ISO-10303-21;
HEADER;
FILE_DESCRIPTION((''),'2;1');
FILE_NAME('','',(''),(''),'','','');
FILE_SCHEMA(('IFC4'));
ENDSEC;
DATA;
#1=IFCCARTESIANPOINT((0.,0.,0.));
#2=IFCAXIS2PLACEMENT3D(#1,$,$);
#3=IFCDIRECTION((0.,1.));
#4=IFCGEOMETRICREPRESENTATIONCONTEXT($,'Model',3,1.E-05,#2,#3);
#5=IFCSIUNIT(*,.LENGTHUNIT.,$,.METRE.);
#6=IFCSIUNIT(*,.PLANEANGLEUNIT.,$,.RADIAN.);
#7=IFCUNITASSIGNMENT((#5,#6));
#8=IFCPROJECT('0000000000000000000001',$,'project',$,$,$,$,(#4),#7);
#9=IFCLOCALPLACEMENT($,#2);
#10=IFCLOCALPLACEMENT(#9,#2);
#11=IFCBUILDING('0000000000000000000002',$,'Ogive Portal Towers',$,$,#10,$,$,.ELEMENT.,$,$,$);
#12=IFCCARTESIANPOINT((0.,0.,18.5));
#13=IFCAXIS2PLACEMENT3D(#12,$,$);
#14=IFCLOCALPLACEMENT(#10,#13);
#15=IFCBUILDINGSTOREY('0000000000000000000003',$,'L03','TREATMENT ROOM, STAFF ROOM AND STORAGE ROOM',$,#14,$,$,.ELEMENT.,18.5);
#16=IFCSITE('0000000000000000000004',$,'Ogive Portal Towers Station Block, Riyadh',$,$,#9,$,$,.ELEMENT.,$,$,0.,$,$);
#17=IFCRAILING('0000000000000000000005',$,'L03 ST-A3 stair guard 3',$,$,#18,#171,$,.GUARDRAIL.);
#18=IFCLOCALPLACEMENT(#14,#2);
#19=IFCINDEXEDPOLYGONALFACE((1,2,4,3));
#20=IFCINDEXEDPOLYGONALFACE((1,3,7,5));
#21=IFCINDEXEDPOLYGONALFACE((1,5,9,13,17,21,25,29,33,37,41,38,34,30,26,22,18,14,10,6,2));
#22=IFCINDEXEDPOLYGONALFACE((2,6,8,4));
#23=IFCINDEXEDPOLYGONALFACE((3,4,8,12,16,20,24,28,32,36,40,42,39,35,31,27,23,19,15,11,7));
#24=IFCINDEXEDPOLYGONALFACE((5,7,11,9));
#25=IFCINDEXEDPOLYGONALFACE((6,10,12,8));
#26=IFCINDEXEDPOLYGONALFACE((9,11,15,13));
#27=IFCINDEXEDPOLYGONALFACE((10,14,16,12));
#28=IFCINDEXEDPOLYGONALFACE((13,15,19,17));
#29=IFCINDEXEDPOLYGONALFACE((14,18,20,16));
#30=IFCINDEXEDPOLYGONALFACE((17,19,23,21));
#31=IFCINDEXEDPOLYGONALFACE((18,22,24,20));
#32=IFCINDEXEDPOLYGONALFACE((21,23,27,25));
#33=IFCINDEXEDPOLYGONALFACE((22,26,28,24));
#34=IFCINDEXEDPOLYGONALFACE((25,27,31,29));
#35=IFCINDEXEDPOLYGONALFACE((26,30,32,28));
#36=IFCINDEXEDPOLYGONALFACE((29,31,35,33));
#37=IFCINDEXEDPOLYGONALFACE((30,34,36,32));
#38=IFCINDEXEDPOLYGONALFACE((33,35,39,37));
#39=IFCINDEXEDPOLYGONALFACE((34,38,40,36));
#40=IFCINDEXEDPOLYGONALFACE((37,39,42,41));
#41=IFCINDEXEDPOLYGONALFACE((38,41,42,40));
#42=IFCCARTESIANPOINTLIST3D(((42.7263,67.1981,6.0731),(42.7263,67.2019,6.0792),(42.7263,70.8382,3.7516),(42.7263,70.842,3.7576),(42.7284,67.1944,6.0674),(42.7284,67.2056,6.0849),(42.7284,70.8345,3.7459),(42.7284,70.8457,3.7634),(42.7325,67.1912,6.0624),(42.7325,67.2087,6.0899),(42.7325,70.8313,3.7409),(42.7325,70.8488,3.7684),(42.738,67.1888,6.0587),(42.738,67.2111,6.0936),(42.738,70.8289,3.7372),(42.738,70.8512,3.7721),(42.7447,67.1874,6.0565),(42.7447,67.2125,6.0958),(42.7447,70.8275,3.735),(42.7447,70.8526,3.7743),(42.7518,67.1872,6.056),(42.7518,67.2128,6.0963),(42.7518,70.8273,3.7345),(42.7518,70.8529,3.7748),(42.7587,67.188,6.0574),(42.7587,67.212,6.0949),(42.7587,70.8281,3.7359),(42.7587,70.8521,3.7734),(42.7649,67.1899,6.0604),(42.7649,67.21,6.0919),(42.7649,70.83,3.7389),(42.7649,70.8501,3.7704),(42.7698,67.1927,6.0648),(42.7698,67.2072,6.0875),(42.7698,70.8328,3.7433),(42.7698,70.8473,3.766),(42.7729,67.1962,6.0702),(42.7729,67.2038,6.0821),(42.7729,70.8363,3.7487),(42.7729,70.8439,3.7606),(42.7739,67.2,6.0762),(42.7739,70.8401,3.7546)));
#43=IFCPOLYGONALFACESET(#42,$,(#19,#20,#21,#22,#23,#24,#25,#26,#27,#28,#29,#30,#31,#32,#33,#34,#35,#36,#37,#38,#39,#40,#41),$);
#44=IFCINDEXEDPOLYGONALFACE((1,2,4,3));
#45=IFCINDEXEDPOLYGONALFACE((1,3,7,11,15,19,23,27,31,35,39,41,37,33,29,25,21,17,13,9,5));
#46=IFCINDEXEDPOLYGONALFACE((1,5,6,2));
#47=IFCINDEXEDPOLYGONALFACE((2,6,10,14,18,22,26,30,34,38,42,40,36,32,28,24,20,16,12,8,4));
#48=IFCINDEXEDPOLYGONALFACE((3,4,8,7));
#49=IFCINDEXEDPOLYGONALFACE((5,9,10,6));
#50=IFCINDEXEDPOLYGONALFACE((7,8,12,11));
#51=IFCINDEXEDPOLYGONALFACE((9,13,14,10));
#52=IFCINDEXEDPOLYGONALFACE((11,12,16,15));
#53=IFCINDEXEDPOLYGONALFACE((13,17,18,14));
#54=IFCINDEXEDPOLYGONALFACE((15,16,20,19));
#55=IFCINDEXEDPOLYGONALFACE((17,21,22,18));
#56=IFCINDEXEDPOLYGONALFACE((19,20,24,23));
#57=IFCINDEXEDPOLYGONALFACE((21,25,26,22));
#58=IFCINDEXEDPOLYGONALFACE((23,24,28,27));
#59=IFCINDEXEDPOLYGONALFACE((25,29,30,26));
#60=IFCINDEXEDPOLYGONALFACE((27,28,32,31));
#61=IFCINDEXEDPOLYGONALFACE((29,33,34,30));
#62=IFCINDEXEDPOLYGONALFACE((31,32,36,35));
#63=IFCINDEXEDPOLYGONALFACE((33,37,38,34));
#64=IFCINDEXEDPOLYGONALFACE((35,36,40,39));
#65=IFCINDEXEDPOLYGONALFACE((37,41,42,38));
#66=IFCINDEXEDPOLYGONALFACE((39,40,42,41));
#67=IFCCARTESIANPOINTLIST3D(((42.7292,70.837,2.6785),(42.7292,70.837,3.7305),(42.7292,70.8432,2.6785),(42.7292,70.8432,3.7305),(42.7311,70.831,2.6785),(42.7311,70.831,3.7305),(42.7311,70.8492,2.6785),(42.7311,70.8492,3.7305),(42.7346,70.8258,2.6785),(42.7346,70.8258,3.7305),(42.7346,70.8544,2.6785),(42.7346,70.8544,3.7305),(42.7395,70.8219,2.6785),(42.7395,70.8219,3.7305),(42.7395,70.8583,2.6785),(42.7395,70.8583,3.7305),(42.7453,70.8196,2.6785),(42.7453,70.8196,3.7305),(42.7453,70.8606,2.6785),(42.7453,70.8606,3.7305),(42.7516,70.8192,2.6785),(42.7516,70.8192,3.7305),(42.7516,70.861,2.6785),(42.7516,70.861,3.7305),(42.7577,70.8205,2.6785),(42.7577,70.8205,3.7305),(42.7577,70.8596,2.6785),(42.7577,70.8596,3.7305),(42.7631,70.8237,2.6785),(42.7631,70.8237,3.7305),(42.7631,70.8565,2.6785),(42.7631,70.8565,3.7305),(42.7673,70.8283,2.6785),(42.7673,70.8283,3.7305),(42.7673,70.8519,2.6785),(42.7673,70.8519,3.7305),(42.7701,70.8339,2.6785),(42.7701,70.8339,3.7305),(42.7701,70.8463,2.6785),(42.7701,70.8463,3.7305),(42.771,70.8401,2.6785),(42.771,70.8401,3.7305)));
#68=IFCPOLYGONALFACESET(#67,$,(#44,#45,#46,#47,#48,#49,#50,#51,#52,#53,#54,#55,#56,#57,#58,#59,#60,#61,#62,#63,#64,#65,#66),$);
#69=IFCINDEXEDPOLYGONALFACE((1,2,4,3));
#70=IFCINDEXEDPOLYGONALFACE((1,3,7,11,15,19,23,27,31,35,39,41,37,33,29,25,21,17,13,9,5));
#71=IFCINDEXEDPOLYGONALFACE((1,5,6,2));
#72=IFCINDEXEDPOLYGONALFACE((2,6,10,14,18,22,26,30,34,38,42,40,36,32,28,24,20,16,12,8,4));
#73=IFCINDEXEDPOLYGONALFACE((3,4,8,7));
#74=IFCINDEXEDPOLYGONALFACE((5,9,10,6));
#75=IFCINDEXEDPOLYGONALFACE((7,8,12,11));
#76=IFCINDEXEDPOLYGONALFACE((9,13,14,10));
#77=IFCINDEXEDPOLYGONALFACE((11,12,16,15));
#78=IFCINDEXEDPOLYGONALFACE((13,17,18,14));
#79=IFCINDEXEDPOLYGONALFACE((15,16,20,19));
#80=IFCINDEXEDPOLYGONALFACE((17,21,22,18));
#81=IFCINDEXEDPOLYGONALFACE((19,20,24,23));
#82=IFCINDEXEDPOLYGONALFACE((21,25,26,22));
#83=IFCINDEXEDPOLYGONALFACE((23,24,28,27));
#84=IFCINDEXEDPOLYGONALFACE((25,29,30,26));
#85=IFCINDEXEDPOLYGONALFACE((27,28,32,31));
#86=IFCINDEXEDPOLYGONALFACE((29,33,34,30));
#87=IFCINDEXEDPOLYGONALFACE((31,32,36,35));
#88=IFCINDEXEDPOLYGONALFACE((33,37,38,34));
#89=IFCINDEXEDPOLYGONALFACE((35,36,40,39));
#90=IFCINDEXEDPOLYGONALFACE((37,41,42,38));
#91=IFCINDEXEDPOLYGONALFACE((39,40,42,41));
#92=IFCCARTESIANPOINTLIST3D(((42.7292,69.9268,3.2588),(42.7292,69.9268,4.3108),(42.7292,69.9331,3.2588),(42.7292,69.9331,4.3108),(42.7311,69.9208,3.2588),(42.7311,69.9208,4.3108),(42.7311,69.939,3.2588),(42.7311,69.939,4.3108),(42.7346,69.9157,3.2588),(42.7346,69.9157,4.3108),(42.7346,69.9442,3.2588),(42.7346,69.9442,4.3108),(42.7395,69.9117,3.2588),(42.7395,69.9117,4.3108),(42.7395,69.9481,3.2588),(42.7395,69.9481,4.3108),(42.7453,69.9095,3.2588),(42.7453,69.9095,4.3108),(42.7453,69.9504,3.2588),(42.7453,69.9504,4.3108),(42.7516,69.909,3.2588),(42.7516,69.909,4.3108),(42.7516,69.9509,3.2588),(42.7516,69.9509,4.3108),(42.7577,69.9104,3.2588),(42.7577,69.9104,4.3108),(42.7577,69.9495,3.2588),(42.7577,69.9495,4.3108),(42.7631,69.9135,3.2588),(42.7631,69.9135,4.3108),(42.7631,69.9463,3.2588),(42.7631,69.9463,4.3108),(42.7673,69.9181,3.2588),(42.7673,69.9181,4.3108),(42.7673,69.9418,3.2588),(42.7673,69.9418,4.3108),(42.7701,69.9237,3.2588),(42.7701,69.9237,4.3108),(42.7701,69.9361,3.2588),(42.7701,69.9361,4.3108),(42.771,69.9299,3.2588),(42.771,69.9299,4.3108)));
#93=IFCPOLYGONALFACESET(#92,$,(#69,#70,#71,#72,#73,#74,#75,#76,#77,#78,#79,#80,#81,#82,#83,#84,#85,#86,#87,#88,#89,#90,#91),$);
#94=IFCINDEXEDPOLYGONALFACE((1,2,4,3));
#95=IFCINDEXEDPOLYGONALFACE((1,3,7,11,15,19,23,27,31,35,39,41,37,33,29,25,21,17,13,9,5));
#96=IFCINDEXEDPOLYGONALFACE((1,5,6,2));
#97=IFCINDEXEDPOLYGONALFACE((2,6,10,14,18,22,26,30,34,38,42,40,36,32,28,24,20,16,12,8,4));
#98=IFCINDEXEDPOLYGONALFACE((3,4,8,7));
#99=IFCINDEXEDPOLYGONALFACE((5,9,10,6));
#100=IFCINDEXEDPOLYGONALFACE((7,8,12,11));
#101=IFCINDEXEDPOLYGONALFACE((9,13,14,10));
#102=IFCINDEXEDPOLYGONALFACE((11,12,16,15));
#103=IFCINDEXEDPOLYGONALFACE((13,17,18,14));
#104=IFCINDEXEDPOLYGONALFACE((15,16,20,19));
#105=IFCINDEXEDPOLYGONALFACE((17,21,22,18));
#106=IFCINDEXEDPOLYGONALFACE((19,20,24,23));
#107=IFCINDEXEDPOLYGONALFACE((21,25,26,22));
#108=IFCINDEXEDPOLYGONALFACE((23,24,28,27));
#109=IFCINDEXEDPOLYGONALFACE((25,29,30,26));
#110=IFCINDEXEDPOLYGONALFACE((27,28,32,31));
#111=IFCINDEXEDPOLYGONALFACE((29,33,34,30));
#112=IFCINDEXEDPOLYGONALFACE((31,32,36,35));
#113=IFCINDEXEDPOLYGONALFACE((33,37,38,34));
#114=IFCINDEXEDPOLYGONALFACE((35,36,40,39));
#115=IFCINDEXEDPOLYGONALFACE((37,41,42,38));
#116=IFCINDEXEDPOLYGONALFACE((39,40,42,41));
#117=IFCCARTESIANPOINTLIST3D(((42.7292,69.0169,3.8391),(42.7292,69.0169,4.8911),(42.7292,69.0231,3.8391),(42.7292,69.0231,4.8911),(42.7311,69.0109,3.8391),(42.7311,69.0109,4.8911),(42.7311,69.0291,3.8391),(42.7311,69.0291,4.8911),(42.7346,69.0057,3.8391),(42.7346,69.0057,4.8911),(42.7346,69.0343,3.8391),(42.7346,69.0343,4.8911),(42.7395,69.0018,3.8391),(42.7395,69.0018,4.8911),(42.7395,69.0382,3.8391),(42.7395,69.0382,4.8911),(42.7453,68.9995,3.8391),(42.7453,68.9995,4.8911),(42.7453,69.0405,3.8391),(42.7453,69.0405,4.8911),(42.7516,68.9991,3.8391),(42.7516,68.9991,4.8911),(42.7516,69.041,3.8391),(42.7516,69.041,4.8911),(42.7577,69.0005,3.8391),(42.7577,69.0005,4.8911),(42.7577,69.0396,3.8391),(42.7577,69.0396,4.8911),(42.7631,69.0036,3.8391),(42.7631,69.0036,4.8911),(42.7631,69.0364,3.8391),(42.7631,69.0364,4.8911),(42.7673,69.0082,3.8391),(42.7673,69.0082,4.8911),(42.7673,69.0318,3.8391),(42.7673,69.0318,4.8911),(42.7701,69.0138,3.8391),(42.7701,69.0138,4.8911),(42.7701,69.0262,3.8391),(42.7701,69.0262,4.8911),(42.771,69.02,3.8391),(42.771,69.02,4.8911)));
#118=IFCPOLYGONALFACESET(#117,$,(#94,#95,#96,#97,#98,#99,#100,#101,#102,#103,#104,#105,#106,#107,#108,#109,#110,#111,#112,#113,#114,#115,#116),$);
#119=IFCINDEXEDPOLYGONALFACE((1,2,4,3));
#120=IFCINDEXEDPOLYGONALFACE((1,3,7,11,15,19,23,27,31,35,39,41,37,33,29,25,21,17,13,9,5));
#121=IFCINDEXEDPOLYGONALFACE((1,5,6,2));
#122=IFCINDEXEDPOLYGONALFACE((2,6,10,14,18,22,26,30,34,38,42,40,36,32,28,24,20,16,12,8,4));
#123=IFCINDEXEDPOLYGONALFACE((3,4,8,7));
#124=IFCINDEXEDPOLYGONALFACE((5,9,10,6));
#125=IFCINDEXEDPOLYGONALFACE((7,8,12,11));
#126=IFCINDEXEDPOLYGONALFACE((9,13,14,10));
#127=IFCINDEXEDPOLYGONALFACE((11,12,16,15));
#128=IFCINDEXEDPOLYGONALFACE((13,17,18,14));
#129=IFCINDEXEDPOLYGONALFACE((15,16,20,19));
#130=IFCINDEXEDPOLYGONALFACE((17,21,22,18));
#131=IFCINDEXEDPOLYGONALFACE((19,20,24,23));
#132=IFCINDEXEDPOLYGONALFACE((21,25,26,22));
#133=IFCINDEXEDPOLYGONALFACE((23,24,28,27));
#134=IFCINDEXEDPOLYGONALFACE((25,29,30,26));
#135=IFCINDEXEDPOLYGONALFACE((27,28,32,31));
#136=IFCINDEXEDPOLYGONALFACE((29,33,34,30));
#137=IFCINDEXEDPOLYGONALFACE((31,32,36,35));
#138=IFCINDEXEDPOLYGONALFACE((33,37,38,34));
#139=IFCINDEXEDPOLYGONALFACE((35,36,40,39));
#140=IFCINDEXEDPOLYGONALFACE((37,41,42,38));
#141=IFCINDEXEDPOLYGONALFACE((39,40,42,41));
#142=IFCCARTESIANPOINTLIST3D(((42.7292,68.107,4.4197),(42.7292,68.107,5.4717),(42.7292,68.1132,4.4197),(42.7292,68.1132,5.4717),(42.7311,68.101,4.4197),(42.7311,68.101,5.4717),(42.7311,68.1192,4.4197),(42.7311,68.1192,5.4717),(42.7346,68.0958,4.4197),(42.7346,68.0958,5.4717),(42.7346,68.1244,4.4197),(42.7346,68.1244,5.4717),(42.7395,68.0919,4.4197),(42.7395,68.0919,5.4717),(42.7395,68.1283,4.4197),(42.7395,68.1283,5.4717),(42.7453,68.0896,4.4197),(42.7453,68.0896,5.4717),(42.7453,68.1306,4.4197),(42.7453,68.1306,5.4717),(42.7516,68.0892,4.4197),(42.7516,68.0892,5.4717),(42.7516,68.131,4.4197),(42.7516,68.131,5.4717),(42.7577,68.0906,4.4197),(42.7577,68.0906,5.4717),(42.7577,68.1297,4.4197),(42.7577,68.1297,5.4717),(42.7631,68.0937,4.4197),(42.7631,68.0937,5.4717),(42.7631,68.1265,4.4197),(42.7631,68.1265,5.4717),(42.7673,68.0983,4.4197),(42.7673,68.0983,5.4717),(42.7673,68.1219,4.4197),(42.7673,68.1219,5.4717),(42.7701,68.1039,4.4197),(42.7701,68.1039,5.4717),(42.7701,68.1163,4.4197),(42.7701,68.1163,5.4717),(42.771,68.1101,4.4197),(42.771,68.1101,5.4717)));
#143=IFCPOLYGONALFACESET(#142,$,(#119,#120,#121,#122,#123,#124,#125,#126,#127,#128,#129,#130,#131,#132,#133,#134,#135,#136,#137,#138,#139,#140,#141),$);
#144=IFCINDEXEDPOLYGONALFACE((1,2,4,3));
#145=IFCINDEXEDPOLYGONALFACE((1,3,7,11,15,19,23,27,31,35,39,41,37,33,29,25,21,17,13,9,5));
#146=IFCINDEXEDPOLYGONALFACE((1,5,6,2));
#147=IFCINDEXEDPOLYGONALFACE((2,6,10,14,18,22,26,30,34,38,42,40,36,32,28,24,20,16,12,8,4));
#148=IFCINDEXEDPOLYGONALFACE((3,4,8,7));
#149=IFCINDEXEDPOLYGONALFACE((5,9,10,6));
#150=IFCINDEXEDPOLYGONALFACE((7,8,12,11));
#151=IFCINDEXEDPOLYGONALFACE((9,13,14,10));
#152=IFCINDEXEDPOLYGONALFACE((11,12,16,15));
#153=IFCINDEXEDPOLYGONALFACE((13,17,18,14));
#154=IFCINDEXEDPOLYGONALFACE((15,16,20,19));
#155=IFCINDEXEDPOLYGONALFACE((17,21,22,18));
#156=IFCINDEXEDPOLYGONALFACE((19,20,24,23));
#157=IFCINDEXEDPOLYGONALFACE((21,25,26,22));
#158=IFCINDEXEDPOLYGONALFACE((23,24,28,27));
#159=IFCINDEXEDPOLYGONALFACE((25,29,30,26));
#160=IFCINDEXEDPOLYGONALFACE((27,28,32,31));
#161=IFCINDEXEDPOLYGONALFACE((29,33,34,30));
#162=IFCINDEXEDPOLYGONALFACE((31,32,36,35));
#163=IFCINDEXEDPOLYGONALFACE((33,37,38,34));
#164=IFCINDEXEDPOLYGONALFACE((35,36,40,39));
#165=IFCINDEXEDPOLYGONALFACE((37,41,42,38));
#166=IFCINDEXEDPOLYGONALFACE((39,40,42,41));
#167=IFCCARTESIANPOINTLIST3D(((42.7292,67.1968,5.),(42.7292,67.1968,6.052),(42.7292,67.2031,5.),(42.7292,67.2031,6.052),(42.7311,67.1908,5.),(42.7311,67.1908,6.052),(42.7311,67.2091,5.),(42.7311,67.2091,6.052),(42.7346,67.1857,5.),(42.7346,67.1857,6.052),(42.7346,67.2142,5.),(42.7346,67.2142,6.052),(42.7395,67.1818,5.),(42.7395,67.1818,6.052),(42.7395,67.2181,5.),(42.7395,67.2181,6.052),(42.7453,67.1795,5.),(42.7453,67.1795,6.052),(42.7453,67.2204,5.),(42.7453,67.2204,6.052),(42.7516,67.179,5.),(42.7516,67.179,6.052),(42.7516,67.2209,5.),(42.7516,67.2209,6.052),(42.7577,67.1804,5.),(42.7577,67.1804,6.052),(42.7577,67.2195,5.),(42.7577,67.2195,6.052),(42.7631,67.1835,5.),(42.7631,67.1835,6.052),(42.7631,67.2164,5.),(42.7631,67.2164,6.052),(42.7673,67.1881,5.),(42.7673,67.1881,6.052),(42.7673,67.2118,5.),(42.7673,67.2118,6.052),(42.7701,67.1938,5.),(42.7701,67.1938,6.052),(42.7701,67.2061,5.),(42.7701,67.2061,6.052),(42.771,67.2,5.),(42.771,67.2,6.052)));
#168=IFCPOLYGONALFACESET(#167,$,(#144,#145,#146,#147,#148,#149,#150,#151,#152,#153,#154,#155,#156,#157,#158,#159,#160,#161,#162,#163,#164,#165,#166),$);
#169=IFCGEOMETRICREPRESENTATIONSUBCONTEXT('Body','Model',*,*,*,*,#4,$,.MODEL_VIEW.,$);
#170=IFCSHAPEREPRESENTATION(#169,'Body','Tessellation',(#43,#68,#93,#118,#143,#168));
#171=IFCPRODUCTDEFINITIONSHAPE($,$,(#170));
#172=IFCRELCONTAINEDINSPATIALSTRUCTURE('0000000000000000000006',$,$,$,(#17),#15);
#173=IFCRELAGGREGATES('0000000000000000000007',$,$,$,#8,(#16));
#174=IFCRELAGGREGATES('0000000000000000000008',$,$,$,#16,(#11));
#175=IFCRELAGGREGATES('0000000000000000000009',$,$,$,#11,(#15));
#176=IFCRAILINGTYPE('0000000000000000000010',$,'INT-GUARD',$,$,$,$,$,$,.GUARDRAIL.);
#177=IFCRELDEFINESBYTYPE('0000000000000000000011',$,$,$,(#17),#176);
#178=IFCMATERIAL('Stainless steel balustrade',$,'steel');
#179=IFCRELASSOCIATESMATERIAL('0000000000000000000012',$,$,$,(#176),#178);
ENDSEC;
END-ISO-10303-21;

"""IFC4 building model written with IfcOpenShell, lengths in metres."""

from ifc_helpers import new_model, si_unit, direction, frame, origin, origin_2d, place, context, subcontext, project, spatial, circle, extrude, material, type_object, element, save


model = new_model("IFC4")

# Units and contexts
model_context = context("Model", 3, precision=1e-05, world=origin(), true_north=direction((0.0, 1.0)))
body_context = subcontext(model_context, "Body", "Model", "MODEL_VIEW")
ifc_project = project(units=[si_unit("LENGTHUNIT", "METRE"), si_unit("PLANEANGLEUNIT", "RADIAN")], contexts=[model_context])

# Site, building, storey
site_placement = place(None, origin())
site = spatial("IfcSite", under=ifc_project, at=site_placement, Name="Ogive Portal Towers Station Block, Riyadh", CompositionType="ELEMENT", RefElevation=0.0)
building_placement = place(site_placement, origin())
building = spatial("IfcBuilding", under=site, at=building_placement, Name="Ogive Portal Towers", CompositionType="ELEMENT")
storey_placement = place(building_placement, frame((0.0, 0.0, 18.5)))
storey = spatial("IfcBuildingStorey", under=building, at=storey_placement, Name="L03", Description="TREATMENT ROOM, STAFF ROOM AND STORAGE ROOM", CompositionType="ELEMENT", Elevation=18.5)

# Railing
ifc_material_1 = material(Name="Stainless steel balustrade", Category="steel")
railing_type_1 = type_object("IfcRailingType", Name="INT-GUARD", PredefinedType="GUARDRAIL", material=ifc_material_1)
railing_1_placement = place(storey_placement, frame((42.75, 70.8401, 2.6785)))
element("IfcRailing", 1, at=railing_1_placement, inside=storey, type_object=railing_type_1, Name="L03 ST-A3 stair guard 3", PredefinedType="GUARDRAIL", context=body_context, shape_type="SweptSolid", body=[
    extrude(circle(Radius=0.0239, at=origin_2d()), frame((0.0, 0.0, 1.0762), z_axis=(0.0, -0.843128, 0.537713), x_axis=(1.0, 0.0, 0.0)), (0.0, 0.0, 1.0), 4.3174),
    extrude(circle(Radius=0.021, at=origin_2d()), origin(), (0.0, 0.0, 1.0), 1.052),
    extrude(circle(Radius=0.021, at=origin_2d()), frame((0.0, -0.9102, 0.5803)), (0.0, 0.0, 1.0), 1.052),
    extrude(circle(Radius=0.021, at=origin_2d()), frame((0.0, -1.8201, 1.1606)), (0.0, 0.0, 1.0), 1.052),
    extrude(circle(Radius=0.021, at=origin_2d()), frame((0.0, -2.73, 1.7412)), (0.0, 0.0, 1.0), 1.052),
    extrude(circle(Radius=0.021, at=origin_2d()), frame((0.0, -3.6401, 2.3215)), (0.0, 0.0, 1.0), 1.052),
])

save(model, "model.ifc")
